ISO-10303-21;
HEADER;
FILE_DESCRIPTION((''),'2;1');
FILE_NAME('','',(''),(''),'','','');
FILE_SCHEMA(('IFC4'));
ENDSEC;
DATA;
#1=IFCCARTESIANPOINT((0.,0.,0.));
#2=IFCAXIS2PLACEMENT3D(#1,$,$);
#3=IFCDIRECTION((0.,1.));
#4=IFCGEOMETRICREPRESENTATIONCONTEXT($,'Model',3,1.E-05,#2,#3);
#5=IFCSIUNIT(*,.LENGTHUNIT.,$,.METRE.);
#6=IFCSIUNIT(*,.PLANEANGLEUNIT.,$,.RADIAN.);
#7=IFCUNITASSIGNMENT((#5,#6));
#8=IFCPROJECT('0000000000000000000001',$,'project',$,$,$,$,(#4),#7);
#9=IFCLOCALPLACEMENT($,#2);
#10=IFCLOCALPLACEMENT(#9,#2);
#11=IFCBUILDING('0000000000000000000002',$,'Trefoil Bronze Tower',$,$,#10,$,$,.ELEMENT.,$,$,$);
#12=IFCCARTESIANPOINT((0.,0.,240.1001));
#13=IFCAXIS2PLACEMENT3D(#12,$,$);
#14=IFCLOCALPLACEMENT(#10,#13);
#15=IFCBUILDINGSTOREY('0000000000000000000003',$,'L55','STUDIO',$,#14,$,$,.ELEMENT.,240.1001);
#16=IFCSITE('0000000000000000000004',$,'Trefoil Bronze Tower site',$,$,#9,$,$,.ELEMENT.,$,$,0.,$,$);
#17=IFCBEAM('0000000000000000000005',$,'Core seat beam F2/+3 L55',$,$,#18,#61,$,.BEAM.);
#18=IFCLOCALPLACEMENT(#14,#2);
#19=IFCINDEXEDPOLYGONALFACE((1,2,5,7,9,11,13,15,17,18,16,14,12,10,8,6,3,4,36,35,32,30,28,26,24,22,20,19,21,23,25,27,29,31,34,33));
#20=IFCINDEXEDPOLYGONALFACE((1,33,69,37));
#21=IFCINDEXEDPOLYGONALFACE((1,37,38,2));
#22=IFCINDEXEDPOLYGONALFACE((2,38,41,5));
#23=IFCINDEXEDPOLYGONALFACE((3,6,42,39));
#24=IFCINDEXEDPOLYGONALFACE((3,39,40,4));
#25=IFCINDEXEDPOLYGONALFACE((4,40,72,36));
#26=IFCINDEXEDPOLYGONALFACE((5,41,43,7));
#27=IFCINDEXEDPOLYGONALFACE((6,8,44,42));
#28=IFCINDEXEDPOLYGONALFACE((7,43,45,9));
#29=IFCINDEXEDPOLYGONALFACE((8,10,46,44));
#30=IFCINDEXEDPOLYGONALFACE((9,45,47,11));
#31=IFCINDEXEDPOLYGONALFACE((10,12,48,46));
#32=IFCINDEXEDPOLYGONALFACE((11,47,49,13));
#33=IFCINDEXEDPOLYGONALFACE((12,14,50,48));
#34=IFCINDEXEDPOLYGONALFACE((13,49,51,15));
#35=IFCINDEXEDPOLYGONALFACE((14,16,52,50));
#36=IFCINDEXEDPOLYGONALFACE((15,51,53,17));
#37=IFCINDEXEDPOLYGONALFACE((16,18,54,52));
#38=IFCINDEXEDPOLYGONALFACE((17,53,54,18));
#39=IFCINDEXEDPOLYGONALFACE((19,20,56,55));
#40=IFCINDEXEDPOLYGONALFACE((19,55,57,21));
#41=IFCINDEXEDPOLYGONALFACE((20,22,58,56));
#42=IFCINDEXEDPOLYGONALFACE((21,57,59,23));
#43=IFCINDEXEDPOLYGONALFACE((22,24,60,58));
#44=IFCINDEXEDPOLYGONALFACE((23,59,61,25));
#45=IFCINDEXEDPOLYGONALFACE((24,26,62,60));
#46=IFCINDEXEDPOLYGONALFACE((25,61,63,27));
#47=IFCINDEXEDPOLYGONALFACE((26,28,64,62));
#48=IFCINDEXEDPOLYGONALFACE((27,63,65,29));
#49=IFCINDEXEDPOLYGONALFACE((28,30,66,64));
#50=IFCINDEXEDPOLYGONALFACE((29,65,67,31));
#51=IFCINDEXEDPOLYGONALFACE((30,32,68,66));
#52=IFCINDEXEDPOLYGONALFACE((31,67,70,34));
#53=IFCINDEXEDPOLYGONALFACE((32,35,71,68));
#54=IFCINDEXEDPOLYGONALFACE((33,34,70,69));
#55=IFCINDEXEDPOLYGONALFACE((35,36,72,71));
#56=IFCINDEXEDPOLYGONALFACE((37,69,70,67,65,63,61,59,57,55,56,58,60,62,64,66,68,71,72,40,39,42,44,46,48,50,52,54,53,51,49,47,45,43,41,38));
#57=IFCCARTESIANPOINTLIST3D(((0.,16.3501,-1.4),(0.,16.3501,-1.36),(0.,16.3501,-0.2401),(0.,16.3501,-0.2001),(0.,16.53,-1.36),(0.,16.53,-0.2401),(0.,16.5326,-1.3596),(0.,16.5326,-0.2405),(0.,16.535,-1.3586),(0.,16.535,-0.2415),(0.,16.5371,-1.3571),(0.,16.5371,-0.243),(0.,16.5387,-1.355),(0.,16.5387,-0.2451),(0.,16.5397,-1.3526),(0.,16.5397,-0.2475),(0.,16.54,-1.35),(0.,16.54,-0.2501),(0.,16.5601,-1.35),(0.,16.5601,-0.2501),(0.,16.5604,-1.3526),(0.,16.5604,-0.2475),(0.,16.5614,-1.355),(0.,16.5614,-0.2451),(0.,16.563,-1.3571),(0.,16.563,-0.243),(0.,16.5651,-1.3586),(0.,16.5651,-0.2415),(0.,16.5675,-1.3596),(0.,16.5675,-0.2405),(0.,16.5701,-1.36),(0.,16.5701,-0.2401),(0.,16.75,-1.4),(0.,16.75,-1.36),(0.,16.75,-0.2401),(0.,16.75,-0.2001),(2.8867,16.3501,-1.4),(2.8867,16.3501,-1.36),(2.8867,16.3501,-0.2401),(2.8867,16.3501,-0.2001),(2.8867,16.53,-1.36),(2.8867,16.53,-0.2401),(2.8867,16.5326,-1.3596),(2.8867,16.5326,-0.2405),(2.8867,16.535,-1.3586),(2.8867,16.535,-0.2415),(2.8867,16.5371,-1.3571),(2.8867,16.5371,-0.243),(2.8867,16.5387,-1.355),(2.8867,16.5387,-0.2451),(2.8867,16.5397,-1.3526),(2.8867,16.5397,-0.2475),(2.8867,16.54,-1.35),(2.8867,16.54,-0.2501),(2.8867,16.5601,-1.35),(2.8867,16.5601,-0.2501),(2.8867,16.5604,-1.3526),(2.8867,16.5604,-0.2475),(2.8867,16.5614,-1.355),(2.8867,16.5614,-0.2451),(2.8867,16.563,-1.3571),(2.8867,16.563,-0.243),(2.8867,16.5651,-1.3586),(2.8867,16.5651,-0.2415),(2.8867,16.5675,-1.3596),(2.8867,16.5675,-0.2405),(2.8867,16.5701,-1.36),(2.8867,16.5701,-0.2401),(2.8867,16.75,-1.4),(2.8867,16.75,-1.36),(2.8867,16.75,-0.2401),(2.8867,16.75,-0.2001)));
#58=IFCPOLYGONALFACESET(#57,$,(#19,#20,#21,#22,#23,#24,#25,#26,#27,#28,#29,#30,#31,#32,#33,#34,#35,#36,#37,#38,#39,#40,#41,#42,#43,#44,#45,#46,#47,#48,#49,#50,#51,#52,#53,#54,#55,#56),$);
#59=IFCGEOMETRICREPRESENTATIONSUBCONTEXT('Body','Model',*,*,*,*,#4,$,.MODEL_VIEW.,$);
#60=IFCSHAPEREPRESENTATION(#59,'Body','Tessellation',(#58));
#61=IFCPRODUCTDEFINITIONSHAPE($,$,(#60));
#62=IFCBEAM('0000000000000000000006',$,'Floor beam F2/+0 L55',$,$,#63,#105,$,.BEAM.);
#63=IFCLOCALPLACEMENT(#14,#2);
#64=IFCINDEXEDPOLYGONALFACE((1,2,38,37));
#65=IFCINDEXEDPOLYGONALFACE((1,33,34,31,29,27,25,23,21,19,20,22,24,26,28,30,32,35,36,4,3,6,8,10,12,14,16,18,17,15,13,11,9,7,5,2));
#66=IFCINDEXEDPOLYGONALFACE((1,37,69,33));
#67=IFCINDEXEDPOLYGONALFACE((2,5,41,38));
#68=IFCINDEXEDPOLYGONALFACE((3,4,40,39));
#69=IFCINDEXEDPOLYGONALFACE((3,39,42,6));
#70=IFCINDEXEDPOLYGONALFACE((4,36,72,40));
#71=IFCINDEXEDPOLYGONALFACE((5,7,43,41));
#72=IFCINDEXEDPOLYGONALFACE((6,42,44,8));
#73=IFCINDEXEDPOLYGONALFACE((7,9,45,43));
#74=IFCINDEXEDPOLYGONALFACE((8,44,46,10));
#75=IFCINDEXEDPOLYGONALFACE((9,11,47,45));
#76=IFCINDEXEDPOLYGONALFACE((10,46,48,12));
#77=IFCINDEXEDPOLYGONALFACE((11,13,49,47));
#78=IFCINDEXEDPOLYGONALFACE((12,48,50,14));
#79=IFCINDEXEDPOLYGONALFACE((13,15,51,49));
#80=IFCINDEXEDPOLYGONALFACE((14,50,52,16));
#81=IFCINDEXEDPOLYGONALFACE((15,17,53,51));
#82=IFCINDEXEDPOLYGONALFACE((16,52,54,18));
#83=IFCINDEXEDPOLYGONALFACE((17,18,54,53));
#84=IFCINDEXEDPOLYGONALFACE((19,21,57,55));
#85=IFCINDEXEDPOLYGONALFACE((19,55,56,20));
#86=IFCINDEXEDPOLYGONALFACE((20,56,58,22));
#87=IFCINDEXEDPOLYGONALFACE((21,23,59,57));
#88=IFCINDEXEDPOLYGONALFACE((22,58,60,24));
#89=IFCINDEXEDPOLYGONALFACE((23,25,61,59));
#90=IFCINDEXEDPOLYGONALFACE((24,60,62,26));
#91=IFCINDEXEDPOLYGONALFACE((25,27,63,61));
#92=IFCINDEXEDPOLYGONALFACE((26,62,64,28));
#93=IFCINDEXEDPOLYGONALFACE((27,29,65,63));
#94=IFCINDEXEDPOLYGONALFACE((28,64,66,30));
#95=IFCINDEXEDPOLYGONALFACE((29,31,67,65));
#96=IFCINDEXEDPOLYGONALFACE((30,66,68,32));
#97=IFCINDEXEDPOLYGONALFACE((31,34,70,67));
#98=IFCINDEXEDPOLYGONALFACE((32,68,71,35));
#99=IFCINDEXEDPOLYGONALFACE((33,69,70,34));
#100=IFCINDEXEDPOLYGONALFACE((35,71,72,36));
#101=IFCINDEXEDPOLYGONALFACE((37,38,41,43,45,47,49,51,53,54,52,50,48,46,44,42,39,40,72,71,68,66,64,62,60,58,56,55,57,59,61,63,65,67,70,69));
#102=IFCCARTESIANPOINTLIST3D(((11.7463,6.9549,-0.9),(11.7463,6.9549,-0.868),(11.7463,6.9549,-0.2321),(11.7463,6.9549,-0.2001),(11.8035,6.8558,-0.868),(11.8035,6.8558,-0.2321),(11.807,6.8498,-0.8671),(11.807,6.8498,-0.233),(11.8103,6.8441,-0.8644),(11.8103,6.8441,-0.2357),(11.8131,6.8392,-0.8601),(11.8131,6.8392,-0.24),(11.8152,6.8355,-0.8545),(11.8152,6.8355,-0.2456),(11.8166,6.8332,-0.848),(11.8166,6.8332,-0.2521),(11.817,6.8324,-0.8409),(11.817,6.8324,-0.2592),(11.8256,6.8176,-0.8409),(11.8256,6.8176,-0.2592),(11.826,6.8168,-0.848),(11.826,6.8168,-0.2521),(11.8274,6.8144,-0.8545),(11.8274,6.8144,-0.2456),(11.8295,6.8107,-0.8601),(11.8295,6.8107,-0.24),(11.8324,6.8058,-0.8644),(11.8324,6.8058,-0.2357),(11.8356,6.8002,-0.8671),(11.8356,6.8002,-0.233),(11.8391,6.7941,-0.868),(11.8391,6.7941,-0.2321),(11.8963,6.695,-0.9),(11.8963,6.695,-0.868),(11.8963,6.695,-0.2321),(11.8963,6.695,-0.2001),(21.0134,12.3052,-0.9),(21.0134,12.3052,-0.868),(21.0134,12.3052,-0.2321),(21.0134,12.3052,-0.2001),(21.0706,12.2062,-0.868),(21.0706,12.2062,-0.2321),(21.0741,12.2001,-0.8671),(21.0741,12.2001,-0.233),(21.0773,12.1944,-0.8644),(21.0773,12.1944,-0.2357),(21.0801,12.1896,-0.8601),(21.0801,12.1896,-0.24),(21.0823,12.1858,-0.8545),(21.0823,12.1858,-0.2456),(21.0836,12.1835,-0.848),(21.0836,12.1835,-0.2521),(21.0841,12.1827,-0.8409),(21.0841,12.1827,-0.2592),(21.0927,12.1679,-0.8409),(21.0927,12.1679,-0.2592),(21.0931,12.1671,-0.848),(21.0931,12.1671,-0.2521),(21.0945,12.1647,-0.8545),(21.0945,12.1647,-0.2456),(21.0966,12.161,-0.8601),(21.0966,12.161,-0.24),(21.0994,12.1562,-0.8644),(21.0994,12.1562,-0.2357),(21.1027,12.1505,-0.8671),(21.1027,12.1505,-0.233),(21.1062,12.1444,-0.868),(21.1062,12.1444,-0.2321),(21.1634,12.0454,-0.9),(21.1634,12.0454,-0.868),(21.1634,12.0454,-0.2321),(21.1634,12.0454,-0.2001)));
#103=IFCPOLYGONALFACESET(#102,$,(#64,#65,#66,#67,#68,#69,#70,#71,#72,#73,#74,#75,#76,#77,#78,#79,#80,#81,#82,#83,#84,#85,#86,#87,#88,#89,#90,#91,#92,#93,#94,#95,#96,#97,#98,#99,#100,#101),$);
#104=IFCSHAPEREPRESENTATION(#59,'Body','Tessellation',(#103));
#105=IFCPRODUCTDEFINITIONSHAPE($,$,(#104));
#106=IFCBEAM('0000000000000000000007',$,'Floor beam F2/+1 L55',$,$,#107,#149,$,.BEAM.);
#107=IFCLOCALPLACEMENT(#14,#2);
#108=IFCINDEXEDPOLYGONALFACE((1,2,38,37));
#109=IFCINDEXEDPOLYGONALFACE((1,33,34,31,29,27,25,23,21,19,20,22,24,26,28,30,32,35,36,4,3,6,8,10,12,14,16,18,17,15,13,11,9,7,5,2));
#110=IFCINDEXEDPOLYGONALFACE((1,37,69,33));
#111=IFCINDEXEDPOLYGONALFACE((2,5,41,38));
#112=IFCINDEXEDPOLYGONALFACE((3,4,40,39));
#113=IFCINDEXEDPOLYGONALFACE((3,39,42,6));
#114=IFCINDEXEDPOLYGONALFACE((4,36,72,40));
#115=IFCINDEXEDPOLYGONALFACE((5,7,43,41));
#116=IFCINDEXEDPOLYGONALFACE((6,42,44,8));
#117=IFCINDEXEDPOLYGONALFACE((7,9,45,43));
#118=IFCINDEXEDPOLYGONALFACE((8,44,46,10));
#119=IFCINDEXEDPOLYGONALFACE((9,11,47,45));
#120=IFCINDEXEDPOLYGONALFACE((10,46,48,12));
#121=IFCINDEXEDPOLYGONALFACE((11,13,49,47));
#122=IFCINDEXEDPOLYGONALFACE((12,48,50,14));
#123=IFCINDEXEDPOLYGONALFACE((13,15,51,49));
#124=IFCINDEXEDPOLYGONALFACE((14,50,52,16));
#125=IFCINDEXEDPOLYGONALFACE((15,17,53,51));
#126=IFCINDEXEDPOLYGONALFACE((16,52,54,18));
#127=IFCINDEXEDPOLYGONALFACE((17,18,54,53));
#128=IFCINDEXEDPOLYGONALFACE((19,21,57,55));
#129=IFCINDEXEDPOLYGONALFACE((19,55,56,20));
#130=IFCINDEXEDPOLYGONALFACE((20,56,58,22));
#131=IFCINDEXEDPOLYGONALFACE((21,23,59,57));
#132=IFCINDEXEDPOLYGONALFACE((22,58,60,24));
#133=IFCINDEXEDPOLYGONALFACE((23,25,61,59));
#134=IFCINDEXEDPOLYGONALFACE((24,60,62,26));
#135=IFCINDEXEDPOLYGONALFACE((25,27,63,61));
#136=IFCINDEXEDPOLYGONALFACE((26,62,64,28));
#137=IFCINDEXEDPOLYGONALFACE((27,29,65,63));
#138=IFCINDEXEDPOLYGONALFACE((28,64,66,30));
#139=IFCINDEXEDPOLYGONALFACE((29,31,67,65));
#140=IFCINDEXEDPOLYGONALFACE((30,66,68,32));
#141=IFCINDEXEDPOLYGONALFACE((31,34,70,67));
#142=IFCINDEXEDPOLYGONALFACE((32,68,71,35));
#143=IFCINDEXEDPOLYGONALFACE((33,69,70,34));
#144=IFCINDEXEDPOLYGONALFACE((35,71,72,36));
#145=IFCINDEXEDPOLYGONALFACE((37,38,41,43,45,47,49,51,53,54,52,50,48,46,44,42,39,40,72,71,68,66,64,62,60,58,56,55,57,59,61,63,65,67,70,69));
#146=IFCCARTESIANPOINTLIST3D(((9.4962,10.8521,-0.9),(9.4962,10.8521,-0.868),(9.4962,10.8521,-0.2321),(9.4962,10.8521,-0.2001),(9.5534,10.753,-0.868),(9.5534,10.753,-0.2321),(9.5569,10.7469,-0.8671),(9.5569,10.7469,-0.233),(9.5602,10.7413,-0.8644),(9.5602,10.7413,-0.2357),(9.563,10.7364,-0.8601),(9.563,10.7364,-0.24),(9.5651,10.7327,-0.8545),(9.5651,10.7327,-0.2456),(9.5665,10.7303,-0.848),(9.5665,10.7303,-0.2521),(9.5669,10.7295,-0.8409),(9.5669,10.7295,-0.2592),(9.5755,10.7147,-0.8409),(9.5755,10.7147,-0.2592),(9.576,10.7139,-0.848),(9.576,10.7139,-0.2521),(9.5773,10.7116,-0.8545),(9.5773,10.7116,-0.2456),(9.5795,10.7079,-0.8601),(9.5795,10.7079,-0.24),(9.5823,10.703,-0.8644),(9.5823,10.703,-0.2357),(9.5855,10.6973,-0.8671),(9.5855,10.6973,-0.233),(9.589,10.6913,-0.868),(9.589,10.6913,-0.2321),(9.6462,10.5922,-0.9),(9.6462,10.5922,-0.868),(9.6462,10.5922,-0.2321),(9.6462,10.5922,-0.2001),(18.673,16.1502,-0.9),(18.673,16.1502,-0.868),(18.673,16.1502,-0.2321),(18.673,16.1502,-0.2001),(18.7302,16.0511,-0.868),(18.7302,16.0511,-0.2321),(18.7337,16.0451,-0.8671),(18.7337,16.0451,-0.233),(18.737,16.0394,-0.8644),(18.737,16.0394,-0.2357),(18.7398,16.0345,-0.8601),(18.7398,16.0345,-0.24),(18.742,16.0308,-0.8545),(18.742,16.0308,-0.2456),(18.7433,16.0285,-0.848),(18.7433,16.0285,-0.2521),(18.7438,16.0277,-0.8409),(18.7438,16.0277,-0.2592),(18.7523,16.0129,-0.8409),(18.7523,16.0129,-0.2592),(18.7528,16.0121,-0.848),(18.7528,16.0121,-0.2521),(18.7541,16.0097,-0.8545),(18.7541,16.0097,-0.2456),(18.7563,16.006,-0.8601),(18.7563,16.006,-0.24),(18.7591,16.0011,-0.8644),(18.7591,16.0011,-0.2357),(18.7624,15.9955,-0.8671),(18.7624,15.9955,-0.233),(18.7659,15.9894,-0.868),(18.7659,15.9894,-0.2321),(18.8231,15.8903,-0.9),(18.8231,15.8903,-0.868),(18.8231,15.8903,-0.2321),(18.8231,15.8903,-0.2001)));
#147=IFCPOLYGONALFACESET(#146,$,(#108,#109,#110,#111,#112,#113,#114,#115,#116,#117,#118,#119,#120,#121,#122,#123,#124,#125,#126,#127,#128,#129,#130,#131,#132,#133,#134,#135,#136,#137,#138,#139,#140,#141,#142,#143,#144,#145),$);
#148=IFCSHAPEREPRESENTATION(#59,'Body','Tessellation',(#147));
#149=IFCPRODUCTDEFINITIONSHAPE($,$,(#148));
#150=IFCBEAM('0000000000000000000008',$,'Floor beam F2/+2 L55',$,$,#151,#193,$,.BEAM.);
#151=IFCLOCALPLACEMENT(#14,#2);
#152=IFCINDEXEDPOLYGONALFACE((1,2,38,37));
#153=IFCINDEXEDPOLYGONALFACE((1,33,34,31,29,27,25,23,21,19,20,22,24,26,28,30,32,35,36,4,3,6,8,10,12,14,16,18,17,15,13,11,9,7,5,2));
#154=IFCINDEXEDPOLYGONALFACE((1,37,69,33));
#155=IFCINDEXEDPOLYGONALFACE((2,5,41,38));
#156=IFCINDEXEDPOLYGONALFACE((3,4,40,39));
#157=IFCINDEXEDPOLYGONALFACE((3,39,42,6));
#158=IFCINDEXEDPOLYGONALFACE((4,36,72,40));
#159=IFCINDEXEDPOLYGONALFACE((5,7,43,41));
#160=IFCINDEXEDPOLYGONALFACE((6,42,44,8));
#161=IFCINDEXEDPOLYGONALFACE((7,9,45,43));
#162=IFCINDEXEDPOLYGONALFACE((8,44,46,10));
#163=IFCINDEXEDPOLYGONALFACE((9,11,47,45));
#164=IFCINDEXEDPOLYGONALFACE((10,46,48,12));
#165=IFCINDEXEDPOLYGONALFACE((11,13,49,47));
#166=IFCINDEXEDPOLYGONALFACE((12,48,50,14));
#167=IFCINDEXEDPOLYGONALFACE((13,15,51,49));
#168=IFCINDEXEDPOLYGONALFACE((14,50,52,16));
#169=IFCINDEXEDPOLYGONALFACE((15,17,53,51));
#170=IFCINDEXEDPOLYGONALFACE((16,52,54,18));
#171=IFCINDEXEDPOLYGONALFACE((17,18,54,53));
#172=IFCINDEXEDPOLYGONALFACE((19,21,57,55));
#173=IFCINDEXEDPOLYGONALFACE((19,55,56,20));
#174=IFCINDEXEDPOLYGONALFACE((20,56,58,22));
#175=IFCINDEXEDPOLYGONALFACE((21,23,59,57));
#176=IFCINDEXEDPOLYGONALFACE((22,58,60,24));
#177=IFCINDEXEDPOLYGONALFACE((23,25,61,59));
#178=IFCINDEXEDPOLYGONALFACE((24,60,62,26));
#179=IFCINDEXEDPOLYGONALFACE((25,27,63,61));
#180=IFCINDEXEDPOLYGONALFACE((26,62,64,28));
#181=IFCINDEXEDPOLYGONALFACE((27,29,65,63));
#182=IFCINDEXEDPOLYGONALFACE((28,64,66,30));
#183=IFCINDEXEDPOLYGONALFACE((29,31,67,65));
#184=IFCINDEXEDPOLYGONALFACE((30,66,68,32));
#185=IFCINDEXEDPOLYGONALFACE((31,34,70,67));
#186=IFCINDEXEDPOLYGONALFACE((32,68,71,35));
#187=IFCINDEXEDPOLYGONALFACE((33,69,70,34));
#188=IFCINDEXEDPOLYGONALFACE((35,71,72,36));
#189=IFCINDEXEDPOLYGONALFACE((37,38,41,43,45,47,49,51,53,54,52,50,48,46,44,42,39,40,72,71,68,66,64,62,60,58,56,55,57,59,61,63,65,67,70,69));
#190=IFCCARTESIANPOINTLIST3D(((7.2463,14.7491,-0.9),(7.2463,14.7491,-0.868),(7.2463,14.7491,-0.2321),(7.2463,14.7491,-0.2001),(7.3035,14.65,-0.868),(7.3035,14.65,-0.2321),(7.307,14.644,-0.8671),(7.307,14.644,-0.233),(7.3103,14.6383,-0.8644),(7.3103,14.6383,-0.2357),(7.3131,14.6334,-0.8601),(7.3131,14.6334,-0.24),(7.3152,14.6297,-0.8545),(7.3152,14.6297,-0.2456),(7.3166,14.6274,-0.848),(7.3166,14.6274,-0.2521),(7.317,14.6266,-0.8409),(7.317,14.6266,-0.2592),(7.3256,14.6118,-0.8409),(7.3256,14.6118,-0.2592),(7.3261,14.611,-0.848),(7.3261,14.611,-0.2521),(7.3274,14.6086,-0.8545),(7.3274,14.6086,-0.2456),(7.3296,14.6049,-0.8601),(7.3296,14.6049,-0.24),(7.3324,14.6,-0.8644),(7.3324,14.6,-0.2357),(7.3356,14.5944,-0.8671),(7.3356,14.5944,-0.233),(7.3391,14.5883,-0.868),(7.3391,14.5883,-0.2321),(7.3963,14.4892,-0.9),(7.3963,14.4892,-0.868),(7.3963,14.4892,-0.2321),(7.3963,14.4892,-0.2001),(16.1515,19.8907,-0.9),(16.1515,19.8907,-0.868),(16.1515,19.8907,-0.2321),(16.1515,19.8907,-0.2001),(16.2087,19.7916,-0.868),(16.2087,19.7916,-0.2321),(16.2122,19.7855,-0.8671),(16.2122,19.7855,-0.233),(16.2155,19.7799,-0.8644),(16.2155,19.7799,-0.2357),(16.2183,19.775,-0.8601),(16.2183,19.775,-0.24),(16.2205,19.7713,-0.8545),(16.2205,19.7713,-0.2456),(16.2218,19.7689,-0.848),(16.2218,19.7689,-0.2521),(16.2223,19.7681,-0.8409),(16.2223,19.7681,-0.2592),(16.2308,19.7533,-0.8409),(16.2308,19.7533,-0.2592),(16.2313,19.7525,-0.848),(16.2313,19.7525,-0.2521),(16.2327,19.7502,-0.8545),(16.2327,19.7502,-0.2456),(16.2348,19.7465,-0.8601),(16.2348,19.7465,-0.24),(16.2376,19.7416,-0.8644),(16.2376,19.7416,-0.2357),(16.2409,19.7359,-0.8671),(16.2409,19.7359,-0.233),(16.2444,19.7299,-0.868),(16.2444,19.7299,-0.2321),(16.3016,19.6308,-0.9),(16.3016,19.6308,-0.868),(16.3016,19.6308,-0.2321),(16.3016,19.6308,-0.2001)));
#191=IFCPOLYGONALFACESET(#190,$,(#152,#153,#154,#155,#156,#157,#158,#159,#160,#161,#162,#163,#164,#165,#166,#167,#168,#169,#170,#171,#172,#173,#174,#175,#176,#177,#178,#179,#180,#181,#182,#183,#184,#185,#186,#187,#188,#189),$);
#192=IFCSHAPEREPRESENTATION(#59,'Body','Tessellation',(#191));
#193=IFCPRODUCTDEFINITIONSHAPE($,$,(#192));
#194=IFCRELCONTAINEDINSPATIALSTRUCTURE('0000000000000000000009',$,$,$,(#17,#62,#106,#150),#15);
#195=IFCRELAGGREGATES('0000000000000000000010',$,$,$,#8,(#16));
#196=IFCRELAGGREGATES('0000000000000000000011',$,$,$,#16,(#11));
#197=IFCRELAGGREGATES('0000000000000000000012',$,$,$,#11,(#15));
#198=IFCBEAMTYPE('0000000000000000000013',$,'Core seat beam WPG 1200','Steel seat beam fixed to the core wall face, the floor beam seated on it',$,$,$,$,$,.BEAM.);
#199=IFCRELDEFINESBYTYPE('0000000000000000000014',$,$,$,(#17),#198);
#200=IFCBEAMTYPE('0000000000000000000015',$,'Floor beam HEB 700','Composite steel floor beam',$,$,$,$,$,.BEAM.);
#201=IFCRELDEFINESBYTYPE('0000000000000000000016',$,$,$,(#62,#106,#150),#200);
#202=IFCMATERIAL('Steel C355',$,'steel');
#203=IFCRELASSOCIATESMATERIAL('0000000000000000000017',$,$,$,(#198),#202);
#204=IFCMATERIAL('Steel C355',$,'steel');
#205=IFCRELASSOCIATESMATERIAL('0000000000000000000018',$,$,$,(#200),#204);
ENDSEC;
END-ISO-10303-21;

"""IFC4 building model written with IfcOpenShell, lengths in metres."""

from ifc_helpers import new_model, si_unit, direction, frame, origin, origin_2d, place, context, subcontext, project, spatial, i_section, extrude, material, material_profile, profile_set, type_object, element, save


model = new_model("IFC4")

# Units and contexts
model_context = context("Model", 3, precision=1e-05, world=origin(), true_north=direction((0.0, 1.0)))
body_context = subcontext(model_context, "Body", "Model", "MODEL_VIEW")
ifc_project = project(units=[si_unit("LENGTHUNIT", "METRE"), si_unit("PLANEANGLEUNIT", "RADIAN")], contexts=[model_context])

# Site, building, storey
site_placement = place(None, origin())
site = spatial("IfcSite", under=ifc_project, at=site_placement, Name="Trefoil Bronze Tower site", CompositionType="ELEMENT", RefElevation=0.0)
building_placement = place(site_placement, origin())
building = spatial("IfcBuilding", under=site, at=building_placement, Name="Trefoil Bronze Tower", CompositionType="ELEMENT")
storey_placement = place(building_placement, frame((0.0, 0.0, 240.1001)))
storey = spatial("IfcBuildingStorey", under=building, at=storey_placement, Name="L55", Description="STUDIO", CompositionType="ELEMENT", Elevation=240.1001)

# Beams
ifc_material_1 = material(Name="Steel C355", Category="steel")
ifc_material_profile_1 = material_profile(ifc_material_1, i_section(OverallWidth=0.3999, OverallDepth=1.2, WebThickness=0.02, FlangeThickness=0.04, FilletRadius=0.01, at=origin_2d()), Name="WPG 1200")
ifc_profile_set_1 = profile_set([ifc_material_profile_1], Name="Steel C355")
beam_type_1 = type_object("IfcBeamType", Name="Core seat beam WPG 1200", Description="Steel seat beam fixed to the core wall face, the floor beam seated on it", PredefinedType="BEAM", material=ifc_profile_set_1)
beam_1_placement = place(storey_placement, frame((2.8867, 16.55, -0.8), z_axis=(-1.0, 0.0, 0.0), x_axis=(0.0, -1.0, 0.0)))
element("IfcBeam", 1, at=beam_1_placement, inside=storey, type_object=beam_type_1, Name="Core seat beam F2/+3 L55", PredefinedType="BEAM", context=body_context, shape_type="SweptSolid", body=[
    extrude(i_section(OverallWidth=0.3999, OverallDepth=1.2, WebThickness=0.02, FlangeThickness=0.04, FilletRadius=0.01, at=origin_2d()), origin(), (0.0, 0.0, 1.0), 2.8867),
])
ifc_material_2 = material(Name="Steel C355", Category="steel")
ifc_material_profile_2 = material_profile(ifc_material_2, i_section(OverallWidth=0.3, OverallDepth=0.7, WebThickness=0.0171, FlangeThickness=0.032, FilletRadius=0.0271, at=origin_2d()), Name="HEB 700")
ifc_profile_set_2 = profile_set([ifc_material_profile_2], Name="Steel C355")
beam_type_2 = type_object("IfcBeamType", Name="Floor beam HEB 700", Description="Composite steel floor beam", PredefinedType="BEAM", material=ifc_profile_set_2)
beam_2_placement = place(storey_placement, frame((21.0884, 12.1753, -0.55), z_axis=(-0.866026, -0.499999, 0.0), x_axis=(0.499999, -0.866026, 0.0)))
element("IfcBeam", 2, at=beam_2_placement, inside=storey, type_object=beam_type_2, Name="Floor beam F2/+0 L55", PredefinedType="BEAM", context=body_context, shape_type="SweptSolid", body=[
    extrude(i_section(OverallWidth=0.3, OverallDepth=0.7, WebThickness=0.0171, FlangeThickness=0.032, FilletRadius=0.0271, at=origin_2d()), origin(), (0.0, 0.0, 1.0), 10.7007),
])
beam_3_placement = place(storey_placement, frame((18.748, 16.0203, -0.55), z_axis=(-0.86603, -0.499992, 0.0), x_axis=(0.499992, -0.86603, 0.0)))
element("IfcBeam", 3, at=beam_3_placement, inside=storey, type_object=beam_type_2, Name="Floor beam F2/+1 L55", PredefinedType="BEAM", context=body_context, shape_type="SweptSolid", body=[
    extrude(i_section(OverallWidth=0.3, OverallDepth=0.7, WebThickness=0.0171, FlangeThickness=0.032, FilletRadius=0.0271, at=origin_2d()), origin(), (0.0, 0.0, 1.0), 10.5964),
])
beam_4_placement = place(storey_placement, frame((16.2266, 19.7607, -0.55), z_axis=(-0.86602, -0.50001, 0.0), x_axis=(0.50001, -0.86602, 0.0)))
element("IfcBeam", 4, at=beam_4_placement, inside=storey, type_object=beam_type_2, Name="Floor beam F2/+2 L55", PredefinedType="BEAM", context=body_context, shape_type="SweptSolid", body=[
    extrude(i_section(OverallWidth=0.3, OverallDepth=0.7, WebThickness=0.0171, FlangeThickness=0.032, FilletRadius=0.0271, at=origin_2d()), origin(), (0.0, 0.0, 1.0), 10.283),
])

save(model, "model.ifc")
